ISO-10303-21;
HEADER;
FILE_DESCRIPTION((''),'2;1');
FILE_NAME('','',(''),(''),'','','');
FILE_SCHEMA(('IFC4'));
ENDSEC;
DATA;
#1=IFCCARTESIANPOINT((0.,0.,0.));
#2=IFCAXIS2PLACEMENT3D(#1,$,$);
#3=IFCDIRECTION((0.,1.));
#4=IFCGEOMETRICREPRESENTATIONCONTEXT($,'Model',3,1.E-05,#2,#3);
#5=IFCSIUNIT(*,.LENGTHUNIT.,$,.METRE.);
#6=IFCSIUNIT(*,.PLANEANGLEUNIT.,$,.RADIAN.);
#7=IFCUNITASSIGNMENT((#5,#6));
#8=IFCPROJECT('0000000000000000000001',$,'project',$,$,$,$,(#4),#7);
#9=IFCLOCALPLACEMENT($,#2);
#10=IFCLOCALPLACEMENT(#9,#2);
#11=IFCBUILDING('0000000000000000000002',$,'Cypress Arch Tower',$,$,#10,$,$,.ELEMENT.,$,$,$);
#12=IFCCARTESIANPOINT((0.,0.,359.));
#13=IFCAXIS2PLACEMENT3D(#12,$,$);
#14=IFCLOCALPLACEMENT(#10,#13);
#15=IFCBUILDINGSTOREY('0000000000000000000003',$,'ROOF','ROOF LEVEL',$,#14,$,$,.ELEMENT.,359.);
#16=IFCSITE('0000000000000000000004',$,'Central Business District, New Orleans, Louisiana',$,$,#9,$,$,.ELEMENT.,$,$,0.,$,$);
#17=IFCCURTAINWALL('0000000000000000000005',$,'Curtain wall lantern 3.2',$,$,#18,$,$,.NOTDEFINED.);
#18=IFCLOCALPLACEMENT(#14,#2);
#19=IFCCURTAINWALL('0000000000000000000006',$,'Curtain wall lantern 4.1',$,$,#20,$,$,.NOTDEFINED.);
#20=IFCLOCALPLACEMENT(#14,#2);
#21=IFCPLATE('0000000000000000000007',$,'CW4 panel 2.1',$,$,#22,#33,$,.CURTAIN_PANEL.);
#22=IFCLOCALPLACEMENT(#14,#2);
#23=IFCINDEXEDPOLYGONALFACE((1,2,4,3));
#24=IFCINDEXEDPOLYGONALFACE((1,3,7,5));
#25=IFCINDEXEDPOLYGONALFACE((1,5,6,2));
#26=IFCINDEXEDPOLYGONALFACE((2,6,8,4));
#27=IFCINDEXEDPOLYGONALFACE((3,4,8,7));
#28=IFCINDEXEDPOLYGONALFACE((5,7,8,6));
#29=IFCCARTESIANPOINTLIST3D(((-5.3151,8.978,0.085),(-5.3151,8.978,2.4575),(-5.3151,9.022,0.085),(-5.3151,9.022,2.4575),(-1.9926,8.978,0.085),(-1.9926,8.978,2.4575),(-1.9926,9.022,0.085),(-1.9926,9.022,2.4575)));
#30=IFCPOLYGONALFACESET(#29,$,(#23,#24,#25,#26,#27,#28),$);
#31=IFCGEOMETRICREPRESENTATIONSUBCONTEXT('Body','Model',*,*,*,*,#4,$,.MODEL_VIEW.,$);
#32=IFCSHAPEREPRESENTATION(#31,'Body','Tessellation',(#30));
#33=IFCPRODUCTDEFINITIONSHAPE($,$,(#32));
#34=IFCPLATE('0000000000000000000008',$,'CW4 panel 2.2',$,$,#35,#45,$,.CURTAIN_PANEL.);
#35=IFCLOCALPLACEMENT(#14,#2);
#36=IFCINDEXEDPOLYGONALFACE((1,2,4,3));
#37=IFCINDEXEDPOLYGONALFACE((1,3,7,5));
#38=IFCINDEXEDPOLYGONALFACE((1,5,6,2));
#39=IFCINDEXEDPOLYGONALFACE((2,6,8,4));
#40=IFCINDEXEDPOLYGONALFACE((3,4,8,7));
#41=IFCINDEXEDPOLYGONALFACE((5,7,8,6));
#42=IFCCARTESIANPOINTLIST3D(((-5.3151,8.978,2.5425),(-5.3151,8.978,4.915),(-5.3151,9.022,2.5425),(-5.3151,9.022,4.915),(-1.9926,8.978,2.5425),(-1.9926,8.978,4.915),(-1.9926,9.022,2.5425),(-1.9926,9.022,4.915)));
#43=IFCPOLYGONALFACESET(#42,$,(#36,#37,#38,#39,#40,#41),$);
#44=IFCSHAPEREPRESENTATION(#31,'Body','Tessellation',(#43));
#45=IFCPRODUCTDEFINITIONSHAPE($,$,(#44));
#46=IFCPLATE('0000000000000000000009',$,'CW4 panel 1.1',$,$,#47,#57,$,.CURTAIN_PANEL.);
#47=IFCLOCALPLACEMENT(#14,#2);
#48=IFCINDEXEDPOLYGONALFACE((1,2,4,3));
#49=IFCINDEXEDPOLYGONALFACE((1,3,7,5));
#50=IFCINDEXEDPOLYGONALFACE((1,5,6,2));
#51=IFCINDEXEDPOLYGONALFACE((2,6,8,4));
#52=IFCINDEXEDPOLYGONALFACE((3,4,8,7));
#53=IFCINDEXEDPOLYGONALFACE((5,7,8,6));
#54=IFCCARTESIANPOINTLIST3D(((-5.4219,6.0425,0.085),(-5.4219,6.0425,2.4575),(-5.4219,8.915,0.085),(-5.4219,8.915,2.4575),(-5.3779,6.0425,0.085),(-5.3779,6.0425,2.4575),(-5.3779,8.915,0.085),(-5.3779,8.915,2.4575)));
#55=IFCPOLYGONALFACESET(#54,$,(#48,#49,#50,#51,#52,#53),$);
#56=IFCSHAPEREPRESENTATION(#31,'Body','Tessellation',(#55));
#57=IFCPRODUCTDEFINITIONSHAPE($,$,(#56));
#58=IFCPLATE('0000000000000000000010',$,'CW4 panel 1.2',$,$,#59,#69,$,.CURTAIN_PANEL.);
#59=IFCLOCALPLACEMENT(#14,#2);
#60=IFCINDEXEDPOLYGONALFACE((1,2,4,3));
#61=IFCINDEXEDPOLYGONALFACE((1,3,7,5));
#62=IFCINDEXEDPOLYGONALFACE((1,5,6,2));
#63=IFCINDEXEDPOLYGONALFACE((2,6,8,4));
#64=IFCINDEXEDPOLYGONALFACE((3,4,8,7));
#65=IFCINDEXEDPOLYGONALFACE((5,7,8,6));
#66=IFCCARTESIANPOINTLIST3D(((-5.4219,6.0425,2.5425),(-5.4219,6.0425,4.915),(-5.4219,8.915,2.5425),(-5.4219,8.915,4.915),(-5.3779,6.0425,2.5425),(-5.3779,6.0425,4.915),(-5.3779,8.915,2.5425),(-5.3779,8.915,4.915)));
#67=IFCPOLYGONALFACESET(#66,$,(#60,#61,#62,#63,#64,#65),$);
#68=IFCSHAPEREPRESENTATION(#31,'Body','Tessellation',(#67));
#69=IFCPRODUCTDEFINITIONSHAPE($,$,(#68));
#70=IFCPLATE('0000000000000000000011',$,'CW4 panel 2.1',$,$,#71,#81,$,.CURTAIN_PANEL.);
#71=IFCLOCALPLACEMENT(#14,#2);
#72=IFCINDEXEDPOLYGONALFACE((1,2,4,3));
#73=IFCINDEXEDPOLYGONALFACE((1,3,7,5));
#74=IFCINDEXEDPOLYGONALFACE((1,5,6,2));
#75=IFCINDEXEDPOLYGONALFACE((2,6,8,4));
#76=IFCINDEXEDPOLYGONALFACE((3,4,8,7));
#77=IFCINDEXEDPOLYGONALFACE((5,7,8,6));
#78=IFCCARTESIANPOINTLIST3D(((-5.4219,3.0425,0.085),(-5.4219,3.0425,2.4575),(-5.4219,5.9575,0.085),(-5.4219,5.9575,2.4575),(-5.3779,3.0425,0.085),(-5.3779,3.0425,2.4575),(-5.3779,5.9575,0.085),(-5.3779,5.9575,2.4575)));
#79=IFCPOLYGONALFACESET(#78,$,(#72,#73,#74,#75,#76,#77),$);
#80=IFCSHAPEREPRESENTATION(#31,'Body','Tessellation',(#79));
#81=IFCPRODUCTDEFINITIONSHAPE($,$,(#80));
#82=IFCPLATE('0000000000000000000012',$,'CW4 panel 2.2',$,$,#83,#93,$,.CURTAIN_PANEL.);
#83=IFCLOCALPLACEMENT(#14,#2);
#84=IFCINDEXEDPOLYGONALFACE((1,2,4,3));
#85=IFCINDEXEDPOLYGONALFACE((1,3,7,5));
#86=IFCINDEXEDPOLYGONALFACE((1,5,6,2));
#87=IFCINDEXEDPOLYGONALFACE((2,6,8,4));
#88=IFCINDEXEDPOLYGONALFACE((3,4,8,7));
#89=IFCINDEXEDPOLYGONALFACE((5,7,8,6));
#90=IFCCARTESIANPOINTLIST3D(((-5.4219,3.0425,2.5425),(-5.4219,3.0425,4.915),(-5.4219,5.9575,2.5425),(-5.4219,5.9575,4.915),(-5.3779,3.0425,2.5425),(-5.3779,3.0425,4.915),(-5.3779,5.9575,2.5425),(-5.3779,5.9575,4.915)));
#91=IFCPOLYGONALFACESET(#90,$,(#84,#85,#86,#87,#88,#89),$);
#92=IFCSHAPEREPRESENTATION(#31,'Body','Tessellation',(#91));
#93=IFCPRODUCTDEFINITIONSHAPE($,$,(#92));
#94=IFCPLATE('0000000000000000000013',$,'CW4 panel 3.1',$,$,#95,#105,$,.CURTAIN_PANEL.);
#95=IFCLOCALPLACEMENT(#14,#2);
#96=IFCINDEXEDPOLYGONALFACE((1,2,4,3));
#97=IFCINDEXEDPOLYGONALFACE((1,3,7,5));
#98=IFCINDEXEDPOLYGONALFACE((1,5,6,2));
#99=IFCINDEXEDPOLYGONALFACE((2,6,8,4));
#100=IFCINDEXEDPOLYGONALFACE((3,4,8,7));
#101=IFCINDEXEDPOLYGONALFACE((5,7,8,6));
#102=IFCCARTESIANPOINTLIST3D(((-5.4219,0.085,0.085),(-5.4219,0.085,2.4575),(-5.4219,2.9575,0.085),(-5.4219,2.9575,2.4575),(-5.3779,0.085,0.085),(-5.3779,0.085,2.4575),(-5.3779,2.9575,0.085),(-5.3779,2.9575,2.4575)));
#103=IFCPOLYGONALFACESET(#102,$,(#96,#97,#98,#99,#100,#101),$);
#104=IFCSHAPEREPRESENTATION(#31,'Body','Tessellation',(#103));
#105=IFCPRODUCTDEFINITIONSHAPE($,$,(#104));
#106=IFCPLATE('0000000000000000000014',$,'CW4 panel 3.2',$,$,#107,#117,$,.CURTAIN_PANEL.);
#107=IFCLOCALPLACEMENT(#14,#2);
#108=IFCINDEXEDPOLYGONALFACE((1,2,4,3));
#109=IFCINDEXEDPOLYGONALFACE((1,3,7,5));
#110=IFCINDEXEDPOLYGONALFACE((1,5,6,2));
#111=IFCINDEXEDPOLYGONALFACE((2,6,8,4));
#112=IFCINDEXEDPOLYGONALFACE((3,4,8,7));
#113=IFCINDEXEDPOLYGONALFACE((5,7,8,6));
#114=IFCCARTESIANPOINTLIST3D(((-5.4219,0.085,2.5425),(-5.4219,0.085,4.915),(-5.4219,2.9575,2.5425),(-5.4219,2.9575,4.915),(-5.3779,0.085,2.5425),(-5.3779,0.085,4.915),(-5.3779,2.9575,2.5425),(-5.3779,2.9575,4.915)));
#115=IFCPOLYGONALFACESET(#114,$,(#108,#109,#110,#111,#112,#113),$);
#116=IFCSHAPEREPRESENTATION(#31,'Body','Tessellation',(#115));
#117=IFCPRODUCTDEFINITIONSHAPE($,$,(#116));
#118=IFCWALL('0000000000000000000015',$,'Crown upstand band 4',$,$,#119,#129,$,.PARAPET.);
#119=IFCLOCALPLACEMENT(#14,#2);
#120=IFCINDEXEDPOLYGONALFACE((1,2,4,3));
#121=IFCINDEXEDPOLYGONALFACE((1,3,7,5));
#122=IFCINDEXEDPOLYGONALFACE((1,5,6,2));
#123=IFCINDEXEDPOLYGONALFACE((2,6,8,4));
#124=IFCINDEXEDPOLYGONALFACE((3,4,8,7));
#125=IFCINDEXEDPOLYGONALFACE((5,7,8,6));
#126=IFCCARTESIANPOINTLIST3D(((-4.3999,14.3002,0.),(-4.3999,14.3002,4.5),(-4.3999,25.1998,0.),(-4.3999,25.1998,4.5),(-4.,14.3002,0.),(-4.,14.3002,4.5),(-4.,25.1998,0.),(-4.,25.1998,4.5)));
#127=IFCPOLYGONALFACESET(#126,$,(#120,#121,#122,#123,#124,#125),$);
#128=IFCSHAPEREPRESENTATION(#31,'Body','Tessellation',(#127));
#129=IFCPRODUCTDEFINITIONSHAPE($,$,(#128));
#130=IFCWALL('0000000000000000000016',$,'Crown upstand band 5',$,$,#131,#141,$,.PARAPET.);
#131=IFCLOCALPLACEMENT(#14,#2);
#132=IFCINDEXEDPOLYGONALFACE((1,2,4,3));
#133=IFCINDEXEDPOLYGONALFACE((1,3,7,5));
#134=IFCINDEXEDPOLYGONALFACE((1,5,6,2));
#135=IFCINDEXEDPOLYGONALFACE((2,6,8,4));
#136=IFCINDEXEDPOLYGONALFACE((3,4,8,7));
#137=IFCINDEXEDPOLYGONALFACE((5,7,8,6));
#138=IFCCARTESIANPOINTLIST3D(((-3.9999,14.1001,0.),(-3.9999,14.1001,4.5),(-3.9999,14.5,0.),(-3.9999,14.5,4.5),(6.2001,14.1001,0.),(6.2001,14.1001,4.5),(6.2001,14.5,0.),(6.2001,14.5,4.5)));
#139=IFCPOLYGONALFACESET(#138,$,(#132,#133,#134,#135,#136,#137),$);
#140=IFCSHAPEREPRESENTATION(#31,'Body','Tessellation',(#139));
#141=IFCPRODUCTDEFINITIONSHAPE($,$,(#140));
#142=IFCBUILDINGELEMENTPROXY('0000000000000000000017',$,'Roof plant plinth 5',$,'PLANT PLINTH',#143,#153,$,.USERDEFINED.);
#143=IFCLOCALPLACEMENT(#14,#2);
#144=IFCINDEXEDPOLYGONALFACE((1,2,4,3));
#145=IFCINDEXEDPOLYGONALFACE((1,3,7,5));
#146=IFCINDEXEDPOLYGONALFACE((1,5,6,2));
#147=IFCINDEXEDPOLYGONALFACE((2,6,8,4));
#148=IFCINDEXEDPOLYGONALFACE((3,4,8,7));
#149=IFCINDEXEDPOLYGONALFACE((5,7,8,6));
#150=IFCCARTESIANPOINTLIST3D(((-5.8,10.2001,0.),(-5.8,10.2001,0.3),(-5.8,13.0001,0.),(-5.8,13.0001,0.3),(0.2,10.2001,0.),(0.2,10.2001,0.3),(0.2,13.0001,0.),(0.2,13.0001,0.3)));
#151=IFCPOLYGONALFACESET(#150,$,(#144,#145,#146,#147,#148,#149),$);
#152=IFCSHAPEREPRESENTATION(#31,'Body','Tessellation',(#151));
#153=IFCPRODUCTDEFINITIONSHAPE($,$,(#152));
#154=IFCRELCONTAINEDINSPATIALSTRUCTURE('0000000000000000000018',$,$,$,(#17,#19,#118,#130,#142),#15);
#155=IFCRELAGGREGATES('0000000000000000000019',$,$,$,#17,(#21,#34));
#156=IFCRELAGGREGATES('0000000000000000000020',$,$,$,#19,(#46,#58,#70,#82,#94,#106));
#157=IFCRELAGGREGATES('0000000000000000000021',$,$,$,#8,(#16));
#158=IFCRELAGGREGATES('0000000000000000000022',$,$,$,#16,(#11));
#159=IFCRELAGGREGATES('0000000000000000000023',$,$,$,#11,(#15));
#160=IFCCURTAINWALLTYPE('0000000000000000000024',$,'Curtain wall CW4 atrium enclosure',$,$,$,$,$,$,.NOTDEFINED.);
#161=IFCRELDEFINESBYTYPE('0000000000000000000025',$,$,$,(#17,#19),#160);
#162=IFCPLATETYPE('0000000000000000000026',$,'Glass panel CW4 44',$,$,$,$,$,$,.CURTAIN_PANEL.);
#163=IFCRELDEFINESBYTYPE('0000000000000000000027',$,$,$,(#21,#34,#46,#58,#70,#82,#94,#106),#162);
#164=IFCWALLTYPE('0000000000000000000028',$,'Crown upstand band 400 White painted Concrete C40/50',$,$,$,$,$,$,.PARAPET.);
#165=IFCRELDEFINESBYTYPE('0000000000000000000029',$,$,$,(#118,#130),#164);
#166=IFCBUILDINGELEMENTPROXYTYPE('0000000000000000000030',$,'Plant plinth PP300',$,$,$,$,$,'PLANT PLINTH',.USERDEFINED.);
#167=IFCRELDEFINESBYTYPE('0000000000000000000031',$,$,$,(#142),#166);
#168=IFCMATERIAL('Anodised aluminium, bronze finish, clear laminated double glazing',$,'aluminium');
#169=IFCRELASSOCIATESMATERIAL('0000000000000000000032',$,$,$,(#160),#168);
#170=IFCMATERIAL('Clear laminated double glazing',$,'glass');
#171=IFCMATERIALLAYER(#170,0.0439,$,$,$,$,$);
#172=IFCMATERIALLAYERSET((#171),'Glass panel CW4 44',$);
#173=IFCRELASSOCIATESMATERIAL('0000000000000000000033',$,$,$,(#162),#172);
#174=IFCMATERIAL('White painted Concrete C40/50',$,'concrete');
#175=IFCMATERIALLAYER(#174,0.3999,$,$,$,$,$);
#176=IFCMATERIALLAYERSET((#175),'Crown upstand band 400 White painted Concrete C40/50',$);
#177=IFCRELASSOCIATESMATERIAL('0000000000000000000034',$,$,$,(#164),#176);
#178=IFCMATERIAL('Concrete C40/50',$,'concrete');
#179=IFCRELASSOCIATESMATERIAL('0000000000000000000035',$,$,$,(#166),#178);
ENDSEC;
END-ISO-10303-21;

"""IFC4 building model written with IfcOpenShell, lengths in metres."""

from ifc_helpers import new_model, si_unit, direction, frame, frame_2d, origin, origin_2d, place, context, subcontext, project, spatial, rectangle, extrude, material, layer, layer_set, type_object, element, aggregate, save


model = new_model("IFC4")

# Units and contexts
model_context = context("Model", 3, precision=1e-05, world=origin(), true_north=direction((0.0, 1.0)))
body_context = subcontext(model_context, "Body", "Model", "MODEL_VIEW")
ifc_project = project(units=[si_unit("LENGTHUNIT", "METRE"), si_unit("PLANEANGLEUNIT", "RADIAN")], contexts=[model_context])

# Site, building, storey
site_placement = place(None, origin())
site = spatial("IfcSite", under=ifc_project, at=site_placement, Name="Central Business District, New Orleans, Louisiana", CompositionType="ELEMENT", RefElevation=0.0)
building_placement = place(site_placement, origin())
building = spatial("IfcBuilding", under=site, at=building_placement, Name="Cypress Arch Tower", CompositionType="ELEMENT")
storey_placement = place(building_placement, frame((0.0, 0.0, 359.0)))
storey = spatial("IfcBuildingStorey", under=building, at=storey_placement, Name="ROOF", Description="ROOF LEVEL", CompositionType="ELEMENT", Elevation=359.0)

# Curtain wall
ifc_material_1 = material(Name="Anodised aluminium, bronze finish, clear laminated double glazing", Category="aluminium")
curtain_wall_type = type_object("IfcCurtainWallType", Name="Curtain wall CW4 atrium enclosure", PredefinedType="NOTDEFINED", material=ifc_material_1)
curtain_wall_1_placement = place(storey_placement, origin())
curtain_wall_1 = element("IfcCurtainWall", 1, at=curtain_wall_1_placement, inside=storey, type_object=curtain_wall_type, Name="Curtain wall lantern 3.2", PredefinedType="NOTDEFINED")

# Curtain wall
curtain_wall_2_placement = place(storey_placement, origin())
curtain_wall_2 = element("IfcCurtainWall", 2, at=curtain_wall_2_placement, inside=storey, type_object=curtain_wall_type, Name="Curtain wall lantern 4.1", PredefinedType="NOTDEFINED")

# Plates
ifc_material_2 = material(Name="Clear laminated double glazing", Category="glass")
ifc_layer_1 = layer(ifc_material_2, 0.0439)
ifc_layer_set_1 = layer_set([ifc_layer_1], Name="Glass panel CW4 44")
plate_type = type_object("IfcPlateType", Name="Glass panel CW4 44", PredefinedType="CURTAIN_PANEL", material=ifc_layer_set_1)
plate_1_placement = place(storey_placement, frame((-3.6538, 9.0, 0.085), z_axis=(0.0, 0.0, 1.0), x_axis=(-1.0, 0.0, 0.0)))
plate_1 = element("IfcPlate", 3, at=plate_1_placement, type_object=plate_type, Name="CW4 panel 2.1", PredefinedType="CURTAIN_PANEL", context=body_context, shape_type="SweptSolid", body=[
    extrude(rectangle(XDim=3.3225, YDim=0.0439, at=origin_2d()), origin(), (0.0, 0.0, 1.0), 2.3726),
])
plate_2_placement = place(storey_placement, frame((-3.6538, 9.0, 2.5425), z_axis=(0.0, 0.0, 1.0), x_axis=(-1.0, 0.0, 0.0)))
plate_2 = element("IfcPlate", 4, at=plate_2_placement, type_object=plate_type, Name="CW4 panel 2.2", PredefinedType="CURTAIN_PANEL", context=body_context, shape_type="SweptSolid", body=[
    extrude(rectangle(XDim=3.3225, YDim=0.0439, at=origin_2d()), origin(), (0.0, 0.0, 1.0), 2.3726),
])
aggregate(curtain_wall_1, [plate_1, plate_2])
plate_3_placement = place(storey_placement, frame((-5.3999, 7.4788, 0.085), z_axis=(0.0, 0.0, 1.0), x_axis=(0.0, -1.0, 0.0)))
plate_3 = element("IfcPlate", 5, at=plate_3_placement, type_object=plate_type, Name="CW4 panel 1.1", PredefinedType="CURTAIN_PANEL", context=body_context, shape_type="SweptSolid", body=[
    extrude(rectangle(XDim=2.8726, YDim=0.0439, at=origin_2d()), origin(), (0.0, 0.0, 1.0), 2.3726),
])
plate_4_placement = place(storey_placement, frame((-5.3999, 7.4788, 2.5425), z_axis=(0.0, 0.0, 1.0), x_axis=(0.0, -1.0, 0.0)))
plate_4 = element("IfcPlate", 6, at=plate_4_placement, type_object=plate_type, Name="CW4 panel 1.2", PredefinedType="CURTAIN_PANEL", context=body_context, shape_type="SweptSolid", body=[
    extrude(rectangle(XDim=2.8726, YDim=0.0439, at=origin_2d()), origin(), (0.0, 0.0, 1.0), 2.3726),
])
plate_5_placement = place(storey_placement, frame((-5.3999, 4.5, 0.085), z_axis=(0.0, 0.0, 1.0), x_axis=(0.0, -1.0, 0.0)))
plate_5 = element("IfcPlate", 7, at=plate_5_placement, type_object=plate_type, Name="CW4 panel 2.1", PredefinedType="CURTAIN_PANEL", context=body_context, shape_type="SweptSolid", body=[
    extrude(rectangle(XDim=2.915, YDim=0.0439, at=origin_2d()), origin(), (0.0, 0.0, 1.0), 2.3726),
])
plate_6_placement = place(storey_placement, frame((-5.3999, 4.5, 2.5425), z_axis=(0.0, 0.0, 1.0), x_axis=(0.0, -1.0, 0.0)))
plate_6 = element("IfcPlate", 8, at=plate_6_placement, type_object=plate_type, Name="CW4 panel 2.2", PredefinedType="CURTAIN_PANEL", context=body_context, shape_type="SweptSolid", body=[
    extrude(rectangle(XDim=2.915, YDim=0.0439, at=origin_2d()), origin(), (0.0, 0.0, 1.0), 2.3726),
])
plate_7_placement = place(storey_placement, frame((-5.3999, 1.5212, 0.085), z_axis=(0.0, 0.0, 1.0), x_axis=(0.0, -1.0, 0.0)))
plate_7 = element("IfcPlate", 9, at=plate_7_placement, type_object=plate_type, Name="CW4 panel 3.1", PredefinedType="CURTAIN_PANEL", context=body_context, shape_type="SweptSolid", body=[
    extrude(rectangle(XDim=2.8726, YDim=0.0439, at=origin_2d()), origin(), (0.0, 0.0, 1.0), 2.3726),
])
plate_8_placement = place(storey_placement, frame((-5.3999, 1.5212, 2.5425), z_axis=(0.0, 0.0, 1.0), x_axis=(0.0, -1.0, 0.0)))
plate_8 = element("IfcPlate", 10, at=plate_8_placement, type_object=plate_type, Name="CW4 panel 3.2", PredefinedType="CURTAIN_PANEL", context=body_context, shape_type="SweptSolid", body=[
    extrude(rectangle(XDim=2.8726, YDim=0.0439, at=origin_2d()), origin(), (0.0, 0.0, 1.0), 2.3726),
])
aggregate(curtain_wall_2, [plate_3, plate_4, plate_5, plate_6, plate_7, plate_8])

# Walls
ifc_material_3 = material(Name="White painted Concrete C40/50", Category="concrete")
ifc_layer_2 = layer(ifc_material_3, 0.3999)
ifc_layer_set_2 = layer_set([ifc_layer_2], Name="Crown upstand band 400 White painted Concrete C40/50")
wall_type = type_object("IfcWallType", Name="Crown upstand band 400 White painted Concrete C40/50", PredefinedType="PARAPET", material=ifc_layer_set_2)
wall_1_placement = place(storey_placement, frame((-4.2, 25.1997, 0.0), z_axis=(0.0, 0.0, 1.0), x_axis=(0.0, -1.0, 0.0)))
element("IfcWall", 11, at=wall_1_placement, inside=storey, type_object=wall_type, Name="Crown upstand band 4", PredefinedType="PARAPET", context=body_context, shape_type="SweptSolid", body=[
    extrude(rectangle(XDim=10.8997, YDim=0.3999, at=frame_2d((5.4497, 0.0))), origin(), (0.0, 0.0, 1.0), 4.5),
])
wall_2_placement = place(storey_placement, frame((-4.0, 14.3, 0.0), z_axis=(0.0, 0.0, 1.0), x_axis=(1.0, 0.0, 0.0)))
element("IfcWall", 12, at=wall_2_placement, inside=storey, type_object=wall_type, Name="Crown upstand band 5", PredefinedType="PARAPET", context=body_context, shape_type="SweptSolid", body=[
    extrude(rectangle(XDim=10.2, YDim=0.3999, at=frame_2d((5.1001, 0.0))), origin(), (0.0, 0.0, 1.0), 4.5),
])

# Building element proxy
ifc_material_4 = material(Name="Concrete C40/50", Category="concrete")
building_element_proxy_type = type_object("IfcBuildingElementProxyType", Name="Plant plinth PP300", ElementType="PLANT PLINTH", PredefinedType="USERDEFINED", material=ifc_material_4)
proxy_placement = place(storey_placement, frame((-2.8, 11.6001, 0.0), z_axis=(0.0, 0.0, 1.0), x_axis=(1.0, 0.0, 0.0)))
element("IfcBuildingElementProxy", 13, at=proxy_placement, inside=storey, type_object=building_element_proxy_type, Name="Roof plant plinth 5", ObjectType="PLANT PLINTH", PredefinedType="USERDEFINED", context=body_context, shape_type="SweptSolid", body=[
    extrude(rectangle(XDim=6.0, YDim=2.8, at=origin_2d()), origin(), (0.0, 0.0, 1.0), 0.3),
])

save(model, "model.ifc")
